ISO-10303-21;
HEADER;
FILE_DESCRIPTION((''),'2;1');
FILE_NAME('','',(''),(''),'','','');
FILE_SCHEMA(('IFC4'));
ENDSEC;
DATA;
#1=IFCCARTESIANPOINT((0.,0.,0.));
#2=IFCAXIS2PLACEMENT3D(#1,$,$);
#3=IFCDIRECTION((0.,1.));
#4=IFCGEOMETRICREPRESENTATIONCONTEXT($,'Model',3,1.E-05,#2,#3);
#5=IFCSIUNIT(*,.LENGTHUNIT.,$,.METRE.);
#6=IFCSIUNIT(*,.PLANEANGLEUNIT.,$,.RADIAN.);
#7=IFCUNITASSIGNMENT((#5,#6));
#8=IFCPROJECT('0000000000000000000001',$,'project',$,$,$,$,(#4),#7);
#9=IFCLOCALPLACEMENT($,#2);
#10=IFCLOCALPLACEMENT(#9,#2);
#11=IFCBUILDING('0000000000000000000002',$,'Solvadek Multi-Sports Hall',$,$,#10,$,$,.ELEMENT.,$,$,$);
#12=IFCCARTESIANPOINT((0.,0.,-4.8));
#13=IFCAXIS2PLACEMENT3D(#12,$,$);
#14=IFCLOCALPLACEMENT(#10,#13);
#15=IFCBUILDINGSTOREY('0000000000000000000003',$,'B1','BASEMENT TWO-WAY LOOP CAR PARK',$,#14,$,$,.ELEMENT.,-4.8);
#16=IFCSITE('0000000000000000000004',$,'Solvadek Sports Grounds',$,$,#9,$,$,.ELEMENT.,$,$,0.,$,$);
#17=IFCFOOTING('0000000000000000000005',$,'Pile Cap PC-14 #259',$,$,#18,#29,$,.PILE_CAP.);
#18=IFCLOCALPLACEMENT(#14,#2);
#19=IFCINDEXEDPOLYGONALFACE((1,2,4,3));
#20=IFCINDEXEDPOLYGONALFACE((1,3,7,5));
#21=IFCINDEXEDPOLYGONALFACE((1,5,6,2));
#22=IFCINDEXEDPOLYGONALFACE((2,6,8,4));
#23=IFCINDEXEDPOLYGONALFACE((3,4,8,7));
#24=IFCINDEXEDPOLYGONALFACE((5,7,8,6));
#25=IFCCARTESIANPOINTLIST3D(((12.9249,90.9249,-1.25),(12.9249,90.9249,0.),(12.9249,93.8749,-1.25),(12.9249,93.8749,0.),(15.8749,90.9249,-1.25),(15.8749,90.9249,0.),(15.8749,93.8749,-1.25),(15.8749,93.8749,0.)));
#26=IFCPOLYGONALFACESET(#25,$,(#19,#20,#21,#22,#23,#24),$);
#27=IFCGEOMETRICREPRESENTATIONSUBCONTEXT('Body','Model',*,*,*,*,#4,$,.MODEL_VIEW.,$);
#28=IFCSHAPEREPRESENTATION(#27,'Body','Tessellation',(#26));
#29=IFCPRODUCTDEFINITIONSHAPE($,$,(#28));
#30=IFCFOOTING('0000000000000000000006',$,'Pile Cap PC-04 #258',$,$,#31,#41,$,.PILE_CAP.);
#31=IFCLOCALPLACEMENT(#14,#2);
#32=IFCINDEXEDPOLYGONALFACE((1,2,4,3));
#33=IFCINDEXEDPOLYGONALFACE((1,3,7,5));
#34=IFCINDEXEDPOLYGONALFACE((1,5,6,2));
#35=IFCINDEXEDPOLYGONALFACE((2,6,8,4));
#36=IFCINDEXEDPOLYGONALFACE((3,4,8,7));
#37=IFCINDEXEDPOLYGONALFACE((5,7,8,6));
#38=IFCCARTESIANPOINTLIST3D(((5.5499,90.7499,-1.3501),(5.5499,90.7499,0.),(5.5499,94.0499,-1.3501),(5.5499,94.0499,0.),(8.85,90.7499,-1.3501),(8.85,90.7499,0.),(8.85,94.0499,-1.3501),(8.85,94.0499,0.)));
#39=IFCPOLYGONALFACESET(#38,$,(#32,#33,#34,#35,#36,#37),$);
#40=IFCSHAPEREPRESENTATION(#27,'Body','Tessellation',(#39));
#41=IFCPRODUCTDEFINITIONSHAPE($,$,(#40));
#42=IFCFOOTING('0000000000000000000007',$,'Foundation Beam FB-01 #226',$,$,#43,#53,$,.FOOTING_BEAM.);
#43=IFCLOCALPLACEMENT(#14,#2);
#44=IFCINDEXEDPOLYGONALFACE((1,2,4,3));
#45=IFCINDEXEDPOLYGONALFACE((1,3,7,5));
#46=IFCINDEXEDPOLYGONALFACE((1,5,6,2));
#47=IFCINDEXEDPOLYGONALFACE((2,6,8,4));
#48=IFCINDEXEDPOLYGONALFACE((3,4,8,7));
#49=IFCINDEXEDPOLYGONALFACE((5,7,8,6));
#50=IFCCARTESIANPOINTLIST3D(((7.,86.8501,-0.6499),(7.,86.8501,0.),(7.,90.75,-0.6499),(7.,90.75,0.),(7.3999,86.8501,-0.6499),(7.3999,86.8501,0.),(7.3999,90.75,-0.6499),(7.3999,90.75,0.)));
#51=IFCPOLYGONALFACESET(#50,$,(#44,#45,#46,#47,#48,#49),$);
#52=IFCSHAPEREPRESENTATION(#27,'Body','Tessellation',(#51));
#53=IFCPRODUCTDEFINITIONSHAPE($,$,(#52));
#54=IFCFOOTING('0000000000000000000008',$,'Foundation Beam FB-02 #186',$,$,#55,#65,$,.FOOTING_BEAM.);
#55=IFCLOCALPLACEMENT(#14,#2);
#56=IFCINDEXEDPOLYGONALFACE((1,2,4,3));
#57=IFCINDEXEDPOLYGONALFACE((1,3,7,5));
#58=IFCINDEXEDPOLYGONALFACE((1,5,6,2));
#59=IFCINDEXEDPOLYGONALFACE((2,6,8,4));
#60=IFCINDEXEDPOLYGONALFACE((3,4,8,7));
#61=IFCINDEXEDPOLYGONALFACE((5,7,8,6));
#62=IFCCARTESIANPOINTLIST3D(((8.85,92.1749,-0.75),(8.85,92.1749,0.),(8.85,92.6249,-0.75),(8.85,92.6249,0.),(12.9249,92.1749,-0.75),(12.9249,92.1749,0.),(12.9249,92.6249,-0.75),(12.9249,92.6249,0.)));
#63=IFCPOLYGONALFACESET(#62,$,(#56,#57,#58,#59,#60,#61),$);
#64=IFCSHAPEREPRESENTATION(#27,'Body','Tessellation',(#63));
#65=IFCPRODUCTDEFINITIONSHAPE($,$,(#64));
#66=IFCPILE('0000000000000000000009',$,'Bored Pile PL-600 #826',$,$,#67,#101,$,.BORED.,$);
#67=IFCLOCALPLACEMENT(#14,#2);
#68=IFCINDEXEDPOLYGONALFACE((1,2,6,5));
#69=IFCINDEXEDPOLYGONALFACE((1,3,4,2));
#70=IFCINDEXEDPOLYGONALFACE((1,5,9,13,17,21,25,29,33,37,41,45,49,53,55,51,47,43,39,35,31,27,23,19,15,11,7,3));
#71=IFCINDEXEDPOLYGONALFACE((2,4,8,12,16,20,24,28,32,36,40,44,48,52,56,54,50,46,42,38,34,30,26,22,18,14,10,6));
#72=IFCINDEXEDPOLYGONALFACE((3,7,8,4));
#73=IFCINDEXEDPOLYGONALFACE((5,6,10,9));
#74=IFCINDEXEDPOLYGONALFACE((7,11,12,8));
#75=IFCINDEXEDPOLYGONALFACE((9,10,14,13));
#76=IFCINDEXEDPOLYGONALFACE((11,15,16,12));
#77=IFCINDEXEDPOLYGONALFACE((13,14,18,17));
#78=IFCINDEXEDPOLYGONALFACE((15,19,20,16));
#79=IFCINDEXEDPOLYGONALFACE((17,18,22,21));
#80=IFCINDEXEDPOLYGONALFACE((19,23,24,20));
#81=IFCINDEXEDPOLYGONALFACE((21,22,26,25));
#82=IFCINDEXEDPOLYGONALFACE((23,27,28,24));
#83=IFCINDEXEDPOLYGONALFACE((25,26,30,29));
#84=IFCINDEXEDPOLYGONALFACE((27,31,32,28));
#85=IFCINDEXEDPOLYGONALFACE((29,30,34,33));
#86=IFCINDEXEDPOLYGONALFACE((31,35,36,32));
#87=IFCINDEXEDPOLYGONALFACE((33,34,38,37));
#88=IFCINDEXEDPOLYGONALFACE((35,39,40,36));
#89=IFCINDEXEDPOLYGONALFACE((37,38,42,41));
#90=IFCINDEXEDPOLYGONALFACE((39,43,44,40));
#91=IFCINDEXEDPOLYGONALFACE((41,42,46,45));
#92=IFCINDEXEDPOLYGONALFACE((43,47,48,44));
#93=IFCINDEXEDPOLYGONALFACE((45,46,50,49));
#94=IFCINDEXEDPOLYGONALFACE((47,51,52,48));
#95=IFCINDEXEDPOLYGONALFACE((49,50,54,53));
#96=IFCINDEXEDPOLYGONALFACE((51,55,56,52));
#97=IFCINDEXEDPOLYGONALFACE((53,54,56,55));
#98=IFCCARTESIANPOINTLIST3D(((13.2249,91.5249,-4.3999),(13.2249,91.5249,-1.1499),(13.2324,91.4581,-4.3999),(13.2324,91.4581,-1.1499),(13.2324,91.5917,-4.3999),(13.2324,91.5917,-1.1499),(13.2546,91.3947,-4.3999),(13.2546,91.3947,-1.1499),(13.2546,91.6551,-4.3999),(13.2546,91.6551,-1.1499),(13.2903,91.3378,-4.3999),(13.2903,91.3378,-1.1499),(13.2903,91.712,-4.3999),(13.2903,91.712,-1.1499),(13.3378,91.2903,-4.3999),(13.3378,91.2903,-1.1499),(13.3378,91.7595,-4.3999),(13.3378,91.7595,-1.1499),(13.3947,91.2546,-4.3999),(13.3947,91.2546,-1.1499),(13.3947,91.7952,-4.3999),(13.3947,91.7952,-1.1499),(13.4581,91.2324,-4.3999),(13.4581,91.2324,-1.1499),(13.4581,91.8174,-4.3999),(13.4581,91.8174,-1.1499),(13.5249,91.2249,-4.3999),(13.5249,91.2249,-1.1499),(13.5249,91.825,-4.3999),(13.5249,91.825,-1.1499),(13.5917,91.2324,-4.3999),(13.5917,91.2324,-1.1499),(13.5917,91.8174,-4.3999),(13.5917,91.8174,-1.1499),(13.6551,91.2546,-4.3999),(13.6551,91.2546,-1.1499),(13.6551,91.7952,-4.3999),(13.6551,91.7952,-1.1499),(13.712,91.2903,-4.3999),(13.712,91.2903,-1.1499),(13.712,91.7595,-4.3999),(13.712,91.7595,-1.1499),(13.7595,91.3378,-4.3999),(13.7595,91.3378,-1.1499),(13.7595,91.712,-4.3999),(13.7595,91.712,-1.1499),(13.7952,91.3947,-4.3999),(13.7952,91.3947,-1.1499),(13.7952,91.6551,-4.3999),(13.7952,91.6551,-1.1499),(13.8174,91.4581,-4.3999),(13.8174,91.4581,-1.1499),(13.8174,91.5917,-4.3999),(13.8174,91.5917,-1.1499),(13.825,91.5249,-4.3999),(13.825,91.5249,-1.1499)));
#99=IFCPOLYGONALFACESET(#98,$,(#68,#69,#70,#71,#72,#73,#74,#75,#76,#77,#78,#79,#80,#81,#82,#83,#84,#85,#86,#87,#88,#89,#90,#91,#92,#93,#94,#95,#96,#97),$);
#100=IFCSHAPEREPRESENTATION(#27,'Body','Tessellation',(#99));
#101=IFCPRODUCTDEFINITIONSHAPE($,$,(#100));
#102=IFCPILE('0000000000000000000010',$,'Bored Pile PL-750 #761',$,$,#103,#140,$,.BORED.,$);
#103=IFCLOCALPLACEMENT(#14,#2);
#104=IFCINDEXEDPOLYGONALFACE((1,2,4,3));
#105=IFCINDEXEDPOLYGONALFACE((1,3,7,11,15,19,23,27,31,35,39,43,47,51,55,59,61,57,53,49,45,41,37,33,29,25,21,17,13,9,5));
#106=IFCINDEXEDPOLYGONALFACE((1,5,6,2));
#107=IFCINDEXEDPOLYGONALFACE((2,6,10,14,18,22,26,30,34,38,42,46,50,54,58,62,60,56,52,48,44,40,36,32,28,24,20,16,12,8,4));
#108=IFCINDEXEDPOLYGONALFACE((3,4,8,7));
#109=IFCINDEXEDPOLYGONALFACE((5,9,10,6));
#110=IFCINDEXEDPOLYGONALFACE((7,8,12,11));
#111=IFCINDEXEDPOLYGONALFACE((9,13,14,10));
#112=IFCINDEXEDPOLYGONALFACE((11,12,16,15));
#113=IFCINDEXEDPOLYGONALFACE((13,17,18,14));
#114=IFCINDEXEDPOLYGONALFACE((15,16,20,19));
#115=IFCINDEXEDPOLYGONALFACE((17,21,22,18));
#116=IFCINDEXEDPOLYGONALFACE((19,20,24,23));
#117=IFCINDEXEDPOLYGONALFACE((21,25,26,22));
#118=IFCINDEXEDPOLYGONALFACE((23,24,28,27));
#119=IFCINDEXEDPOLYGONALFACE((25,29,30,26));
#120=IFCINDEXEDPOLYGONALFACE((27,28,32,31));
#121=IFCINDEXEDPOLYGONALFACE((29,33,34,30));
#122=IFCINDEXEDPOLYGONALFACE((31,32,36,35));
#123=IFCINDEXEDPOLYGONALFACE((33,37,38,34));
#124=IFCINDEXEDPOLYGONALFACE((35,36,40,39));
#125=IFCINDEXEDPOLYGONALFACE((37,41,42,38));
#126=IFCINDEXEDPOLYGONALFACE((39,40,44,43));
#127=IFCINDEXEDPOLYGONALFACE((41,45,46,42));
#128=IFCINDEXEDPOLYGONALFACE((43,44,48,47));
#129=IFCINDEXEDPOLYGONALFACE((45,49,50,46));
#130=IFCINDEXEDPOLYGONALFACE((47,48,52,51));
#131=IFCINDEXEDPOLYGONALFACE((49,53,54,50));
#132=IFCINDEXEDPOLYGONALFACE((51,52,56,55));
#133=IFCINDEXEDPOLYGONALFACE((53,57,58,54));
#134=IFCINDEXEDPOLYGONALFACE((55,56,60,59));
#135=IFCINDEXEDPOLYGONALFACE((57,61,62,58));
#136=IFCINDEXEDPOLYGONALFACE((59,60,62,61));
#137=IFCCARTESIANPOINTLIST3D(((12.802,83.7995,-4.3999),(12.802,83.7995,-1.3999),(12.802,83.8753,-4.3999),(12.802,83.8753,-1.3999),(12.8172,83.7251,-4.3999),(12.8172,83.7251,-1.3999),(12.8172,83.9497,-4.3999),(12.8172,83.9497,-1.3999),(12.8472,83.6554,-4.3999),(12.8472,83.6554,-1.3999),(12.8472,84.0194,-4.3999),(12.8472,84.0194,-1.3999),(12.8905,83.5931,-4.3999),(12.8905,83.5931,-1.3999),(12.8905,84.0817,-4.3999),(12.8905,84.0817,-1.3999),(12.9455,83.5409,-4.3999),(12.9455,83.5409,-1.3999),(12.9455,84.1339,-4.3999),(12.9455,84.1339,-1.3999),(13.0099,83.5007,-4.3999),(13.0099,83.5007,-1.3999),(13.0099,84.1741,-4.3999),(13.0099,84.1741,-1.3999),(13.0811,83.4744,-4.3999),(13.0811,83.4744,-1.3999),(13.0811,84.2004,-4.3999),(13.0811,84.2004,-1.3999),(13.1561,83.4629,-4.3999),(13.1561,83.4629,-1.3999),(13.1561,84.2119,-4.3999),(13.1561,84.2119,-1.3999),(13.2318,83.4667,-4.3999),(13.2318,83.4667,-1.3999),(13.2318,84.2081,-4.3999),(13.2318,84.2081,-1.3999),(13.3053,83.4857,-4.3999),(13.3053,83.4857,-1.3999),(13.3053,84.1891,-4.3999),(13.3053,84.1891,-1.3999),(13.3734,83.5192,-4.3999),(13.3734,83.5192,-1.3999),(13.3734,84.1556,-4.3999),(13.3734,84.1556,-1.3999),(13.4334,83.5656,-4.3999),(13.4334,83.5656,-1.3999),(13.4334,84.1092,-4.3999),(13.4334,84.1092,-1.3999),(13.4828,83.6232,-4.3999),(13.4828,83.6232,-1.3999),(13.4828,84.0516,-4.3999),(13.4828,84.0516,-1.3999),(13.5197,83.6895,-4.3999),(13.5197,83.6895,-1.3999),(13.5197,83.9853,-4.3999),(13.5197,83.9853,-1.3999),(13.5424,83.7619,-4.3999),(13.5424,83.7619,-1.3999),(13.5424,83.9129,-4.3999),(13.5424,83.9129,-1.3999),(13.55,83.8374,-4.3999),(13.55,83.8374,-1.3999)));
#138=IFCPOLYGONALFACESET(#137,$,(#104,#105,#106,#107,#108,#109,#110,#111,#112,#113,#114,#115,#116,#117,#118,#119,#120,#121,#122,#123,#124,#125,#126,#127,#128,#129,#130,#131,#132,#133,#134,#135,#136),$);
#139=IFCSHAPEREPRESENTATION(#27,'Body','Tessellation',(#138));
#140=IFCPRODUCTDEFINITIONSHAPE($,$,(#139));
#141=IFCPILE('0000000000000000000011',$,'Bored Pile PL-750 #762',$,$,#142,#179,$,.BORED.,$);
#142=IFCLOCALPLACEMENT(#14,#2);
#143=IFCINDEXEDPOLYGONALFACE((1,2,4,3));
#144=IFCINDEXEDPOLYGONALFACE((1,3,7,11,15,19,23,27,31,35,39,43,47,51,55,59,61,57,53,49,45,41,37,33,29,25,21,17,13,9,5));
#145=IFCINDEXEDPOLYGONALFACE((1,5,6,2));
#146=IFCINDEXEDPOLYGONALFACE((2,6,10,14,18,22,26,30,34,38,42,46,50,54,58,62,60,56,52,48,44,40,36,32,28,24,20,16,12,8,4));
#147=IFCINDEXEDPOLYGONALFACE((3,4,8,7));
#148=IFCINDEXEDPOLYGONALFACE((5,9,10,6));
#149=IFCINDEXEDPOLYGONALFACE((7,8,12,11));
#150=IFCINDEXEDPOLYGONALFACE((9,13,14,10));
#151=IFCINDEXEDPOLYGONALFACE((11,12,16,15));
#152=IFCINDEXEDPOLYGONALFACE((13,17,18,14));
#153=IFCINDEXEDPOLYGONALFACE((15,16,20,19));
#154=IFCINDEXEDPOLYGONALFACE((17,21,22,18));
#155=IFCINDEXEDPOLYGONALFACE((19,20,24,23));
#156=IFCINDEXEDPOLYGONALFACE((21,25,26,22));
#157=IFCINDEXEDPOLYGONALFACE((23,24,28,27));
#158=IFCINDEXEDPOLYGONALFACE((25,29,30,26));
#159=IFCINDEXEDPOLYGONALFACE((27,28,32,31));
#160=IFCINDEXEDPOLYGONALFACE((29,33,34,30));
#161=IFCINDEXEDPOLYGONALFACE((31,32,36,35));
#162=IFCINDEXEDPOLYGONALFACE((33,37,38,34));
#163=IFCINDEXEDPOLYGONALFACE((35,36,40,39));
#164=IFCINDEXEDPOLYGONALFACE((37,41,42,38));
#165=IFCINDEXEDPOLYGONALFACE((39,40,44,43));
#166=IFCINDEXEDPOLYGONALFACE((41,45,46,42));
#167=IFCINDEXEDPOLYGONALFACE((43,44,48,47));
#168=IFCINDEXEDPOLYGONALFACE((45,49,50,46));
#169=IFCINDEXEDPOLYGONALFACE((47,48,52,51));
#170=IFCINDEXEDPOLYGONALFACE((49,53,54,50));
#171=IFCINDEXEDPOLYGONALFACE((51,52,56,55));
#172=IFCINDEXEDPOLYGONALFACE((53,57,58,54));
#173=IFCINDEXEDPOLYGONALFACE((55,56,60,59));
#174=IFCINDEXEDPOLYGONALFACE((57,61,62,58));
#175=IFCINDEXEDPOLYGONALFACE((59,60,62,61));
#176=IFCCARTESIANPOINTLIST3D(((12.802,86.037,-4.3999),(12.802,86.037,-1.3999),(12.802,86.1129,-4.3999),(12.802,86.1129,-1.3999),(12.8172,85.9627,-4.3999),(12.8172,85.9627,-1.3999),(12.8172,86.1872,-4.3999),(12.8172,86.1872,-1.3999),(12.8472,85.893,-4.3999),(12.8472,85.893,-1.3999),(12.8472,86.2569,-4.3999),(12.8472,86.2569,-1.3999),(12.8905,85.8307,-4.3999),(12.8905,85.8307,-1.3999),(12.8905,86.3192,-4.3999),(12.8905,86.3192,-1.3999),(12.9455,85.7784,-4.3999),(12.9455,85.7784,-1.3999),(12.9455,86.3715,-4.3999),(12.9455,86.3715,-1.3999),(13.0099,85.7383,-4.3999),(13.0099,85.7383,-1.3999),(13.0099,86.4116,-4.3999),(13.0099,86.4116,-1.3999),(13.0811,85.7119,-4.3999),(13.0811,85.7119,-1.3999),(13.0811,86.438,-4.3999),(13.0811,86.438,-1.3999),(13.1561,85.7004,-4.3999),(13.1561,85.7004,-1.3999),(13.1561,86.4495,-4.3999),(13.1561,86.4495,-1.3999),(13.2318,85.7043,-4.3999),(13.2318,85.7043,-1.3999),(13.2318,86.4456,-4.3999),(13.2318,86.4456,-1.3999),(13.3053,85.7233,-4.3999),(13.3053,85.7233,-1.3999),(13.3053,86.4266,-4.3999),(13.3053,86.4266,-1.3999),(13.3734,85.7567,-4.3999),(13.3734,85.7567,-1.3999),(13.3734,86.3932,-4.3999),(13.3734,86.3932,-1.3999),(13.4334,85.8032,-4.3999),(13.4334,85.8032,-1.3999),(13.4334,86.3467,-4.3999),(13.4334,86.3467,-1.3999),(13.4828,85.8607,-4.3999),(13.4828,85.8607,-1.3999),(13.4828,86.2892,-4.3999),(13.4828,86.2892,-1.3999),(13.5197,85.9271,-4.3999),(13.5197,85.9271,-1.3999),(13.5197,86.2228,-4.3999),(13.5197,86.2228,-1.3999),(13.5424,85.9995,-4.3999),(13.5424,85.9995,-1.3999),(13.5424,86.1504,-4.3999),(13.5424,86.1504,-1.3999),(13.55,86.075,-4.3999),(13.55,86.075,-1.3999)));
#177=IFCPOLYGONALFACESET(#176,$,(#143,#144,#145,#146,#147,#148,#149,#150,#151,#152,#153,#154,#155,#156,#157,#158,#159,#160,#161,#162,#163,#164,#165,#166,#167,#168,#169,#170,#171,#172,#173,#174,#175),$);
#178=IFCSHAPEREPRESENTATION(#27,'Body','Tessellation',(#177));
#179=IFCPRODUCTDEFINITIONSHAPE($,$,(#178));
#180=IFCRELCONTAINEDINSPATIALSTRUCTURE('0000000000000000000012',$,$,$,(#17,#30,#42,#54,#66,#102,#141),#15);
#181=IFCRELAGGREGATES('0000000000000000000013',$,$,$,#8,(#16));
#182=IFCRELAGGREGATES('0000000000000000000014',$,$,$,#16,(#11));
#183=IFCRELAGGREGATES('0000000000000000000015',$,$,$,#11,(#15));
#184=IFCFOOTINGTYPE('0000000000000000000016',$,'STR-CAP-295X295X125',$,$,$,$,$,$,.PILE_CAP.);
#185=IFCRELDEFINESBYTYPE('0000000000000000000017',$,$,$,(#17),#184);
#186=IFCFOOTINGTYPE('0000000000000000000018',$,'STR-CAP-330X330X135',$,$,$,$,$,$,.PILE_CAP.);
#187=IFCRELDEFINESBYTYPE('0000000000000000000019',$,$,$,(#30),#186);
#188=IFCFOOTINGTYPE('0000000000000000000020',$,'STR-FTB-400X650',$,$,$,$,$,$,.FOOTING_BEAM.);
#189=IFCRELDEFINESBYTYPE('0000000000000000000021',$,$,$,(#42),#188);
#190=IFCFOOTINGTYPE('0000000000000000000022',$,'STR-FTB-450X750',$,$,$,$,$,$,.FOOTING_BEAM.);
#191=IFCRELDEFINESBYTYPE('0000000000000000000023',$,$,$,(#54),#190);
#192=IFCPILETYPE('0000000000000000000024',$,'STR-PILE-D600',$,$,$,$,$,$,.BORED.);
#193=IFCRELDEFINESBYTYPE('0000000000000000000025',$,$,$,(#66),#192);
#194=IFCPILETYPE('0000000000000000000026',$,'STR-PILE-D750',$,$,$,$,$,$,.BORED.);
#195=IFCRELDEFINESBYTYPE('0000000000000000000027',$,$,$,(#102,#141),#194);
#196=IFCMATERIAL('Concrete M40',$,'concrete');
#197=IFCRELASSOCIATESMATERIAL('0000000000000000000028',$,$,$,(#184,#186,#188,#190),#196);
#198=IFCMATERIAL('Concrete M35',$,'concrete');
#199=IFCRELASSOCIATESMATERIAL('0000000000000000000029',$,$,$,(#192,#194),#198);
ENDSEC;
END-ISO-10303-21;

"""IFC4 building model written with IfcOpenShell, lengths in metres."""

from ifc_helpers import new_model, si_unit, direction, frame, origin, origin_2d, place, context, subcontext, project, spatial, rectangle, circle, extrude, material, material_profile, profile_set, type_object, element, save


model = new_model("IFC4")

# Units and contexts
model_context = context("Model", 3, precision=1e-05, world=origin(), true_north=direction((0.0, 1.0)))
body_context = subcontext(model_context, "Body", "Model", "MODEL_VIEW")
ifc_project = project(units=[si_unit("LENGTHUNIT", "METRE"), si_unit("PLANEANGLEUNIT", "RADIAN")], contexts=[model_context])

# Site, building, storey
site_placement = place(None, origin())
site = spatial("IfcSite", under=ifc_project, at=site_placement, Name="Solvadek Sports Grounds", CompositionType="ELEMENT", RefElevation=0.0)
building_placement = place(site_placement, origin())
building = spatial("IfcBuilding", under=site, at=building_placement, Name="Solvadek Multi-Sports Hall", CompositionType="ELEMENT")
storey_placement = place(building_placement, frame((0.0, 0.0, -4.8)))
storey = spatial("IfcBuildingStorey", under=building, at=storey_placement, Name="B1", Description="BASEMENT TWO-WAY LOOP CAR PARK", CompositionType="ELEMENT", Elevation=-4.8)

# Footings
ifc_material_1 = material(Name="Concrete M40", Category="concrete")
footing_type_1 = type_object("IfcFootingType", Name="STR-CAP-295X295X125", PredefinedType="PILE_CAP", material=ifc_material_1)
footing_1_placement = place(storey_placement, frame((14.3999, 92.3999, -1.25), z_axis=(0.0, 0.0, 1.0), x_axis=(1.0, 0.0, 0.0)))
element("IfcFooting", 1, at=footing_1_placement, inside=storey, type_object=footing_type_1, Name="Pile Cap PC-14 #259", PredefinedType="PILE_CAP", context=body_context, shape_type="SweptSolid", body=[
    extrude(rectangle(XDim=2.95, YDim=2.95, at=origin_2d()), origin(), (0.0, 0.0, 1.0), 1.25),
])
footing_type_2 = type_object("IfcFootingType", Name="STR-CAP-330X330X135", PredefinedType="PILE_CAP", material=ifc_material_1)
footing_2_placement = place(storey_placement, frame((7.2, 92.3999, -1.3501), z_axis=(0.0, 0.0, 1.0), x_axis=(1.0, 0.0, 0.0)))
element("IfcFooting", 2, at=footing_2_placement, inside=storey, type_object=footing_type_2, Name="Pile Cap PC-04 #258", PredefinedType="PILE_CAP", context=body_context, shape_type="SweptSolid", body=[
    extrude(rectangle(XDim=3.3, YDim=3.3, at=origin_2d()), origin(), (0.0, 0.0, 1.0), 1.3501),
])
footing_type_3 = type_object("IfcFootingType", Name="STR-FTB-400X650", PredefinedType="FOOTING_BEAM", material=ifc_material_1)
footing_3_placement = place(storey_placement, frame((7.2, 88.8, -0.6499), z_axis=(0.0, 0.0, 1.0), x_axis=(0.0, 1.0, 0.0)))
element("IfcFooting", 3, at=footing_3_placement, inside=storey, type_object=footing_type_3, Name="Foundation Beam FB-01 #226", PredefinedType="FOOTING_BEAM", context=body_context, shape_type="SweptSolid", body=[
    extrude(rectangle(XDim=3.8999, YDim=0.3999, at=origin_2d()), origin(), (0.0, 0.0, 1.0), 0.6499),
])
footing_type_4 = type_object("IfcFootingType", Name="STR-FTB-450X750", PredefinedType="FOOTING_BEAM", material=ifc_material_1)
footing_4_placement = place(storey_placement, frame((10.8875, 92.3999, -0.75), z_axis=(0.0, 0.0, 1.0), x_axis=(1.0, 0.0, 0.0)))
element("IfcFooting", 4, at=footing_4_placement, inside=storey, type_object=footing_type_4, Name="Foundation Beam FB-02 #186", PredefinedType="FOOTING_BEAM", context=body_context, shape_type="SweptSolid", body=[
    extrude(rectangle(XDim=4.075, YDim=0.45, at=origin_2d()), origin(), (0.0, 0.0, 1.0), 0.75),
])

# Piles
ifc_material_2 = material(Name="Concrete M35", Category="concrete")
ifc_material_profile_1 = material_profile(ifc_material_2, circle(Radius=0.3, at=origin_2d()), Name="BORED PILE D600")
ifc_profile_set_1 = profile_set([ifc_material_profile_1], Name="Concrete M35")
pile_type_1 = type_object("IfcPileType", Name="STR-PILE-D600", PredefinedType="BORED", material=ifc_profile_set_1)
pile_1_placement = place(storey_placement, frame((13.5249, 91.5249, -1.1499), z_axis=(0.0, 0.0, -1.0), x_axis=(1.0, 0.0, 0.0)))
element("IfcPile", 5, at=pile_1_placement, inside=storey, type_object=pile_type_1, Name="Bored Pile PL-600 #826", PredefinedType="BORED", context=body_context, shape_type="SweptSolid", body=[
    extrude(circle(Radius=0.3, at=origin_2d()), origin(), (0.0, 0.0, 1.0), 3.25),
])
ifc_material_profile_2 = material_profile(ifc_material_2, circle(Radius=0.375, at=origin_2d()), Name="BORED PILE D750")
ifc_profile_set_2 = profile_set([ifc_material_profile_2], Name="Concrete M35")
pile_type_2 = type_object("IfcPileType", Name="STR-PILE-D750", PredefinedType="BORED", material=ifc_profile_set_2)
for number, where, z_axis, x_axis, name in (
    (6, (13.175, 83.8374, -1.3999), (0.0, 0.0, -1.0), (1.0, 0.0, 0.0), "Bored Pile PL-750 #761"),
    (7, (13.175, 86.075, -1.3999), (0.0, 0.0, -1.0), (1.0, 0.0, 0.0), "Bored Pile PL-750 #762"),
):
    element("IfcPile", number, at=place(storey_placement, frame(where, z_axis=z_axis, x_axis=x_axis)), inside=storey, type_object=pile_type_2, Name=name, PredefinedType="BORED", context=body_context, shape_type="SweptSolid", body=[
        extrude(circle(Radius=0.375, at=origin_2d()), origin(), (0.0, 0.0, 1.0), 3.0),
    ])

save(model, "model.ifc")
